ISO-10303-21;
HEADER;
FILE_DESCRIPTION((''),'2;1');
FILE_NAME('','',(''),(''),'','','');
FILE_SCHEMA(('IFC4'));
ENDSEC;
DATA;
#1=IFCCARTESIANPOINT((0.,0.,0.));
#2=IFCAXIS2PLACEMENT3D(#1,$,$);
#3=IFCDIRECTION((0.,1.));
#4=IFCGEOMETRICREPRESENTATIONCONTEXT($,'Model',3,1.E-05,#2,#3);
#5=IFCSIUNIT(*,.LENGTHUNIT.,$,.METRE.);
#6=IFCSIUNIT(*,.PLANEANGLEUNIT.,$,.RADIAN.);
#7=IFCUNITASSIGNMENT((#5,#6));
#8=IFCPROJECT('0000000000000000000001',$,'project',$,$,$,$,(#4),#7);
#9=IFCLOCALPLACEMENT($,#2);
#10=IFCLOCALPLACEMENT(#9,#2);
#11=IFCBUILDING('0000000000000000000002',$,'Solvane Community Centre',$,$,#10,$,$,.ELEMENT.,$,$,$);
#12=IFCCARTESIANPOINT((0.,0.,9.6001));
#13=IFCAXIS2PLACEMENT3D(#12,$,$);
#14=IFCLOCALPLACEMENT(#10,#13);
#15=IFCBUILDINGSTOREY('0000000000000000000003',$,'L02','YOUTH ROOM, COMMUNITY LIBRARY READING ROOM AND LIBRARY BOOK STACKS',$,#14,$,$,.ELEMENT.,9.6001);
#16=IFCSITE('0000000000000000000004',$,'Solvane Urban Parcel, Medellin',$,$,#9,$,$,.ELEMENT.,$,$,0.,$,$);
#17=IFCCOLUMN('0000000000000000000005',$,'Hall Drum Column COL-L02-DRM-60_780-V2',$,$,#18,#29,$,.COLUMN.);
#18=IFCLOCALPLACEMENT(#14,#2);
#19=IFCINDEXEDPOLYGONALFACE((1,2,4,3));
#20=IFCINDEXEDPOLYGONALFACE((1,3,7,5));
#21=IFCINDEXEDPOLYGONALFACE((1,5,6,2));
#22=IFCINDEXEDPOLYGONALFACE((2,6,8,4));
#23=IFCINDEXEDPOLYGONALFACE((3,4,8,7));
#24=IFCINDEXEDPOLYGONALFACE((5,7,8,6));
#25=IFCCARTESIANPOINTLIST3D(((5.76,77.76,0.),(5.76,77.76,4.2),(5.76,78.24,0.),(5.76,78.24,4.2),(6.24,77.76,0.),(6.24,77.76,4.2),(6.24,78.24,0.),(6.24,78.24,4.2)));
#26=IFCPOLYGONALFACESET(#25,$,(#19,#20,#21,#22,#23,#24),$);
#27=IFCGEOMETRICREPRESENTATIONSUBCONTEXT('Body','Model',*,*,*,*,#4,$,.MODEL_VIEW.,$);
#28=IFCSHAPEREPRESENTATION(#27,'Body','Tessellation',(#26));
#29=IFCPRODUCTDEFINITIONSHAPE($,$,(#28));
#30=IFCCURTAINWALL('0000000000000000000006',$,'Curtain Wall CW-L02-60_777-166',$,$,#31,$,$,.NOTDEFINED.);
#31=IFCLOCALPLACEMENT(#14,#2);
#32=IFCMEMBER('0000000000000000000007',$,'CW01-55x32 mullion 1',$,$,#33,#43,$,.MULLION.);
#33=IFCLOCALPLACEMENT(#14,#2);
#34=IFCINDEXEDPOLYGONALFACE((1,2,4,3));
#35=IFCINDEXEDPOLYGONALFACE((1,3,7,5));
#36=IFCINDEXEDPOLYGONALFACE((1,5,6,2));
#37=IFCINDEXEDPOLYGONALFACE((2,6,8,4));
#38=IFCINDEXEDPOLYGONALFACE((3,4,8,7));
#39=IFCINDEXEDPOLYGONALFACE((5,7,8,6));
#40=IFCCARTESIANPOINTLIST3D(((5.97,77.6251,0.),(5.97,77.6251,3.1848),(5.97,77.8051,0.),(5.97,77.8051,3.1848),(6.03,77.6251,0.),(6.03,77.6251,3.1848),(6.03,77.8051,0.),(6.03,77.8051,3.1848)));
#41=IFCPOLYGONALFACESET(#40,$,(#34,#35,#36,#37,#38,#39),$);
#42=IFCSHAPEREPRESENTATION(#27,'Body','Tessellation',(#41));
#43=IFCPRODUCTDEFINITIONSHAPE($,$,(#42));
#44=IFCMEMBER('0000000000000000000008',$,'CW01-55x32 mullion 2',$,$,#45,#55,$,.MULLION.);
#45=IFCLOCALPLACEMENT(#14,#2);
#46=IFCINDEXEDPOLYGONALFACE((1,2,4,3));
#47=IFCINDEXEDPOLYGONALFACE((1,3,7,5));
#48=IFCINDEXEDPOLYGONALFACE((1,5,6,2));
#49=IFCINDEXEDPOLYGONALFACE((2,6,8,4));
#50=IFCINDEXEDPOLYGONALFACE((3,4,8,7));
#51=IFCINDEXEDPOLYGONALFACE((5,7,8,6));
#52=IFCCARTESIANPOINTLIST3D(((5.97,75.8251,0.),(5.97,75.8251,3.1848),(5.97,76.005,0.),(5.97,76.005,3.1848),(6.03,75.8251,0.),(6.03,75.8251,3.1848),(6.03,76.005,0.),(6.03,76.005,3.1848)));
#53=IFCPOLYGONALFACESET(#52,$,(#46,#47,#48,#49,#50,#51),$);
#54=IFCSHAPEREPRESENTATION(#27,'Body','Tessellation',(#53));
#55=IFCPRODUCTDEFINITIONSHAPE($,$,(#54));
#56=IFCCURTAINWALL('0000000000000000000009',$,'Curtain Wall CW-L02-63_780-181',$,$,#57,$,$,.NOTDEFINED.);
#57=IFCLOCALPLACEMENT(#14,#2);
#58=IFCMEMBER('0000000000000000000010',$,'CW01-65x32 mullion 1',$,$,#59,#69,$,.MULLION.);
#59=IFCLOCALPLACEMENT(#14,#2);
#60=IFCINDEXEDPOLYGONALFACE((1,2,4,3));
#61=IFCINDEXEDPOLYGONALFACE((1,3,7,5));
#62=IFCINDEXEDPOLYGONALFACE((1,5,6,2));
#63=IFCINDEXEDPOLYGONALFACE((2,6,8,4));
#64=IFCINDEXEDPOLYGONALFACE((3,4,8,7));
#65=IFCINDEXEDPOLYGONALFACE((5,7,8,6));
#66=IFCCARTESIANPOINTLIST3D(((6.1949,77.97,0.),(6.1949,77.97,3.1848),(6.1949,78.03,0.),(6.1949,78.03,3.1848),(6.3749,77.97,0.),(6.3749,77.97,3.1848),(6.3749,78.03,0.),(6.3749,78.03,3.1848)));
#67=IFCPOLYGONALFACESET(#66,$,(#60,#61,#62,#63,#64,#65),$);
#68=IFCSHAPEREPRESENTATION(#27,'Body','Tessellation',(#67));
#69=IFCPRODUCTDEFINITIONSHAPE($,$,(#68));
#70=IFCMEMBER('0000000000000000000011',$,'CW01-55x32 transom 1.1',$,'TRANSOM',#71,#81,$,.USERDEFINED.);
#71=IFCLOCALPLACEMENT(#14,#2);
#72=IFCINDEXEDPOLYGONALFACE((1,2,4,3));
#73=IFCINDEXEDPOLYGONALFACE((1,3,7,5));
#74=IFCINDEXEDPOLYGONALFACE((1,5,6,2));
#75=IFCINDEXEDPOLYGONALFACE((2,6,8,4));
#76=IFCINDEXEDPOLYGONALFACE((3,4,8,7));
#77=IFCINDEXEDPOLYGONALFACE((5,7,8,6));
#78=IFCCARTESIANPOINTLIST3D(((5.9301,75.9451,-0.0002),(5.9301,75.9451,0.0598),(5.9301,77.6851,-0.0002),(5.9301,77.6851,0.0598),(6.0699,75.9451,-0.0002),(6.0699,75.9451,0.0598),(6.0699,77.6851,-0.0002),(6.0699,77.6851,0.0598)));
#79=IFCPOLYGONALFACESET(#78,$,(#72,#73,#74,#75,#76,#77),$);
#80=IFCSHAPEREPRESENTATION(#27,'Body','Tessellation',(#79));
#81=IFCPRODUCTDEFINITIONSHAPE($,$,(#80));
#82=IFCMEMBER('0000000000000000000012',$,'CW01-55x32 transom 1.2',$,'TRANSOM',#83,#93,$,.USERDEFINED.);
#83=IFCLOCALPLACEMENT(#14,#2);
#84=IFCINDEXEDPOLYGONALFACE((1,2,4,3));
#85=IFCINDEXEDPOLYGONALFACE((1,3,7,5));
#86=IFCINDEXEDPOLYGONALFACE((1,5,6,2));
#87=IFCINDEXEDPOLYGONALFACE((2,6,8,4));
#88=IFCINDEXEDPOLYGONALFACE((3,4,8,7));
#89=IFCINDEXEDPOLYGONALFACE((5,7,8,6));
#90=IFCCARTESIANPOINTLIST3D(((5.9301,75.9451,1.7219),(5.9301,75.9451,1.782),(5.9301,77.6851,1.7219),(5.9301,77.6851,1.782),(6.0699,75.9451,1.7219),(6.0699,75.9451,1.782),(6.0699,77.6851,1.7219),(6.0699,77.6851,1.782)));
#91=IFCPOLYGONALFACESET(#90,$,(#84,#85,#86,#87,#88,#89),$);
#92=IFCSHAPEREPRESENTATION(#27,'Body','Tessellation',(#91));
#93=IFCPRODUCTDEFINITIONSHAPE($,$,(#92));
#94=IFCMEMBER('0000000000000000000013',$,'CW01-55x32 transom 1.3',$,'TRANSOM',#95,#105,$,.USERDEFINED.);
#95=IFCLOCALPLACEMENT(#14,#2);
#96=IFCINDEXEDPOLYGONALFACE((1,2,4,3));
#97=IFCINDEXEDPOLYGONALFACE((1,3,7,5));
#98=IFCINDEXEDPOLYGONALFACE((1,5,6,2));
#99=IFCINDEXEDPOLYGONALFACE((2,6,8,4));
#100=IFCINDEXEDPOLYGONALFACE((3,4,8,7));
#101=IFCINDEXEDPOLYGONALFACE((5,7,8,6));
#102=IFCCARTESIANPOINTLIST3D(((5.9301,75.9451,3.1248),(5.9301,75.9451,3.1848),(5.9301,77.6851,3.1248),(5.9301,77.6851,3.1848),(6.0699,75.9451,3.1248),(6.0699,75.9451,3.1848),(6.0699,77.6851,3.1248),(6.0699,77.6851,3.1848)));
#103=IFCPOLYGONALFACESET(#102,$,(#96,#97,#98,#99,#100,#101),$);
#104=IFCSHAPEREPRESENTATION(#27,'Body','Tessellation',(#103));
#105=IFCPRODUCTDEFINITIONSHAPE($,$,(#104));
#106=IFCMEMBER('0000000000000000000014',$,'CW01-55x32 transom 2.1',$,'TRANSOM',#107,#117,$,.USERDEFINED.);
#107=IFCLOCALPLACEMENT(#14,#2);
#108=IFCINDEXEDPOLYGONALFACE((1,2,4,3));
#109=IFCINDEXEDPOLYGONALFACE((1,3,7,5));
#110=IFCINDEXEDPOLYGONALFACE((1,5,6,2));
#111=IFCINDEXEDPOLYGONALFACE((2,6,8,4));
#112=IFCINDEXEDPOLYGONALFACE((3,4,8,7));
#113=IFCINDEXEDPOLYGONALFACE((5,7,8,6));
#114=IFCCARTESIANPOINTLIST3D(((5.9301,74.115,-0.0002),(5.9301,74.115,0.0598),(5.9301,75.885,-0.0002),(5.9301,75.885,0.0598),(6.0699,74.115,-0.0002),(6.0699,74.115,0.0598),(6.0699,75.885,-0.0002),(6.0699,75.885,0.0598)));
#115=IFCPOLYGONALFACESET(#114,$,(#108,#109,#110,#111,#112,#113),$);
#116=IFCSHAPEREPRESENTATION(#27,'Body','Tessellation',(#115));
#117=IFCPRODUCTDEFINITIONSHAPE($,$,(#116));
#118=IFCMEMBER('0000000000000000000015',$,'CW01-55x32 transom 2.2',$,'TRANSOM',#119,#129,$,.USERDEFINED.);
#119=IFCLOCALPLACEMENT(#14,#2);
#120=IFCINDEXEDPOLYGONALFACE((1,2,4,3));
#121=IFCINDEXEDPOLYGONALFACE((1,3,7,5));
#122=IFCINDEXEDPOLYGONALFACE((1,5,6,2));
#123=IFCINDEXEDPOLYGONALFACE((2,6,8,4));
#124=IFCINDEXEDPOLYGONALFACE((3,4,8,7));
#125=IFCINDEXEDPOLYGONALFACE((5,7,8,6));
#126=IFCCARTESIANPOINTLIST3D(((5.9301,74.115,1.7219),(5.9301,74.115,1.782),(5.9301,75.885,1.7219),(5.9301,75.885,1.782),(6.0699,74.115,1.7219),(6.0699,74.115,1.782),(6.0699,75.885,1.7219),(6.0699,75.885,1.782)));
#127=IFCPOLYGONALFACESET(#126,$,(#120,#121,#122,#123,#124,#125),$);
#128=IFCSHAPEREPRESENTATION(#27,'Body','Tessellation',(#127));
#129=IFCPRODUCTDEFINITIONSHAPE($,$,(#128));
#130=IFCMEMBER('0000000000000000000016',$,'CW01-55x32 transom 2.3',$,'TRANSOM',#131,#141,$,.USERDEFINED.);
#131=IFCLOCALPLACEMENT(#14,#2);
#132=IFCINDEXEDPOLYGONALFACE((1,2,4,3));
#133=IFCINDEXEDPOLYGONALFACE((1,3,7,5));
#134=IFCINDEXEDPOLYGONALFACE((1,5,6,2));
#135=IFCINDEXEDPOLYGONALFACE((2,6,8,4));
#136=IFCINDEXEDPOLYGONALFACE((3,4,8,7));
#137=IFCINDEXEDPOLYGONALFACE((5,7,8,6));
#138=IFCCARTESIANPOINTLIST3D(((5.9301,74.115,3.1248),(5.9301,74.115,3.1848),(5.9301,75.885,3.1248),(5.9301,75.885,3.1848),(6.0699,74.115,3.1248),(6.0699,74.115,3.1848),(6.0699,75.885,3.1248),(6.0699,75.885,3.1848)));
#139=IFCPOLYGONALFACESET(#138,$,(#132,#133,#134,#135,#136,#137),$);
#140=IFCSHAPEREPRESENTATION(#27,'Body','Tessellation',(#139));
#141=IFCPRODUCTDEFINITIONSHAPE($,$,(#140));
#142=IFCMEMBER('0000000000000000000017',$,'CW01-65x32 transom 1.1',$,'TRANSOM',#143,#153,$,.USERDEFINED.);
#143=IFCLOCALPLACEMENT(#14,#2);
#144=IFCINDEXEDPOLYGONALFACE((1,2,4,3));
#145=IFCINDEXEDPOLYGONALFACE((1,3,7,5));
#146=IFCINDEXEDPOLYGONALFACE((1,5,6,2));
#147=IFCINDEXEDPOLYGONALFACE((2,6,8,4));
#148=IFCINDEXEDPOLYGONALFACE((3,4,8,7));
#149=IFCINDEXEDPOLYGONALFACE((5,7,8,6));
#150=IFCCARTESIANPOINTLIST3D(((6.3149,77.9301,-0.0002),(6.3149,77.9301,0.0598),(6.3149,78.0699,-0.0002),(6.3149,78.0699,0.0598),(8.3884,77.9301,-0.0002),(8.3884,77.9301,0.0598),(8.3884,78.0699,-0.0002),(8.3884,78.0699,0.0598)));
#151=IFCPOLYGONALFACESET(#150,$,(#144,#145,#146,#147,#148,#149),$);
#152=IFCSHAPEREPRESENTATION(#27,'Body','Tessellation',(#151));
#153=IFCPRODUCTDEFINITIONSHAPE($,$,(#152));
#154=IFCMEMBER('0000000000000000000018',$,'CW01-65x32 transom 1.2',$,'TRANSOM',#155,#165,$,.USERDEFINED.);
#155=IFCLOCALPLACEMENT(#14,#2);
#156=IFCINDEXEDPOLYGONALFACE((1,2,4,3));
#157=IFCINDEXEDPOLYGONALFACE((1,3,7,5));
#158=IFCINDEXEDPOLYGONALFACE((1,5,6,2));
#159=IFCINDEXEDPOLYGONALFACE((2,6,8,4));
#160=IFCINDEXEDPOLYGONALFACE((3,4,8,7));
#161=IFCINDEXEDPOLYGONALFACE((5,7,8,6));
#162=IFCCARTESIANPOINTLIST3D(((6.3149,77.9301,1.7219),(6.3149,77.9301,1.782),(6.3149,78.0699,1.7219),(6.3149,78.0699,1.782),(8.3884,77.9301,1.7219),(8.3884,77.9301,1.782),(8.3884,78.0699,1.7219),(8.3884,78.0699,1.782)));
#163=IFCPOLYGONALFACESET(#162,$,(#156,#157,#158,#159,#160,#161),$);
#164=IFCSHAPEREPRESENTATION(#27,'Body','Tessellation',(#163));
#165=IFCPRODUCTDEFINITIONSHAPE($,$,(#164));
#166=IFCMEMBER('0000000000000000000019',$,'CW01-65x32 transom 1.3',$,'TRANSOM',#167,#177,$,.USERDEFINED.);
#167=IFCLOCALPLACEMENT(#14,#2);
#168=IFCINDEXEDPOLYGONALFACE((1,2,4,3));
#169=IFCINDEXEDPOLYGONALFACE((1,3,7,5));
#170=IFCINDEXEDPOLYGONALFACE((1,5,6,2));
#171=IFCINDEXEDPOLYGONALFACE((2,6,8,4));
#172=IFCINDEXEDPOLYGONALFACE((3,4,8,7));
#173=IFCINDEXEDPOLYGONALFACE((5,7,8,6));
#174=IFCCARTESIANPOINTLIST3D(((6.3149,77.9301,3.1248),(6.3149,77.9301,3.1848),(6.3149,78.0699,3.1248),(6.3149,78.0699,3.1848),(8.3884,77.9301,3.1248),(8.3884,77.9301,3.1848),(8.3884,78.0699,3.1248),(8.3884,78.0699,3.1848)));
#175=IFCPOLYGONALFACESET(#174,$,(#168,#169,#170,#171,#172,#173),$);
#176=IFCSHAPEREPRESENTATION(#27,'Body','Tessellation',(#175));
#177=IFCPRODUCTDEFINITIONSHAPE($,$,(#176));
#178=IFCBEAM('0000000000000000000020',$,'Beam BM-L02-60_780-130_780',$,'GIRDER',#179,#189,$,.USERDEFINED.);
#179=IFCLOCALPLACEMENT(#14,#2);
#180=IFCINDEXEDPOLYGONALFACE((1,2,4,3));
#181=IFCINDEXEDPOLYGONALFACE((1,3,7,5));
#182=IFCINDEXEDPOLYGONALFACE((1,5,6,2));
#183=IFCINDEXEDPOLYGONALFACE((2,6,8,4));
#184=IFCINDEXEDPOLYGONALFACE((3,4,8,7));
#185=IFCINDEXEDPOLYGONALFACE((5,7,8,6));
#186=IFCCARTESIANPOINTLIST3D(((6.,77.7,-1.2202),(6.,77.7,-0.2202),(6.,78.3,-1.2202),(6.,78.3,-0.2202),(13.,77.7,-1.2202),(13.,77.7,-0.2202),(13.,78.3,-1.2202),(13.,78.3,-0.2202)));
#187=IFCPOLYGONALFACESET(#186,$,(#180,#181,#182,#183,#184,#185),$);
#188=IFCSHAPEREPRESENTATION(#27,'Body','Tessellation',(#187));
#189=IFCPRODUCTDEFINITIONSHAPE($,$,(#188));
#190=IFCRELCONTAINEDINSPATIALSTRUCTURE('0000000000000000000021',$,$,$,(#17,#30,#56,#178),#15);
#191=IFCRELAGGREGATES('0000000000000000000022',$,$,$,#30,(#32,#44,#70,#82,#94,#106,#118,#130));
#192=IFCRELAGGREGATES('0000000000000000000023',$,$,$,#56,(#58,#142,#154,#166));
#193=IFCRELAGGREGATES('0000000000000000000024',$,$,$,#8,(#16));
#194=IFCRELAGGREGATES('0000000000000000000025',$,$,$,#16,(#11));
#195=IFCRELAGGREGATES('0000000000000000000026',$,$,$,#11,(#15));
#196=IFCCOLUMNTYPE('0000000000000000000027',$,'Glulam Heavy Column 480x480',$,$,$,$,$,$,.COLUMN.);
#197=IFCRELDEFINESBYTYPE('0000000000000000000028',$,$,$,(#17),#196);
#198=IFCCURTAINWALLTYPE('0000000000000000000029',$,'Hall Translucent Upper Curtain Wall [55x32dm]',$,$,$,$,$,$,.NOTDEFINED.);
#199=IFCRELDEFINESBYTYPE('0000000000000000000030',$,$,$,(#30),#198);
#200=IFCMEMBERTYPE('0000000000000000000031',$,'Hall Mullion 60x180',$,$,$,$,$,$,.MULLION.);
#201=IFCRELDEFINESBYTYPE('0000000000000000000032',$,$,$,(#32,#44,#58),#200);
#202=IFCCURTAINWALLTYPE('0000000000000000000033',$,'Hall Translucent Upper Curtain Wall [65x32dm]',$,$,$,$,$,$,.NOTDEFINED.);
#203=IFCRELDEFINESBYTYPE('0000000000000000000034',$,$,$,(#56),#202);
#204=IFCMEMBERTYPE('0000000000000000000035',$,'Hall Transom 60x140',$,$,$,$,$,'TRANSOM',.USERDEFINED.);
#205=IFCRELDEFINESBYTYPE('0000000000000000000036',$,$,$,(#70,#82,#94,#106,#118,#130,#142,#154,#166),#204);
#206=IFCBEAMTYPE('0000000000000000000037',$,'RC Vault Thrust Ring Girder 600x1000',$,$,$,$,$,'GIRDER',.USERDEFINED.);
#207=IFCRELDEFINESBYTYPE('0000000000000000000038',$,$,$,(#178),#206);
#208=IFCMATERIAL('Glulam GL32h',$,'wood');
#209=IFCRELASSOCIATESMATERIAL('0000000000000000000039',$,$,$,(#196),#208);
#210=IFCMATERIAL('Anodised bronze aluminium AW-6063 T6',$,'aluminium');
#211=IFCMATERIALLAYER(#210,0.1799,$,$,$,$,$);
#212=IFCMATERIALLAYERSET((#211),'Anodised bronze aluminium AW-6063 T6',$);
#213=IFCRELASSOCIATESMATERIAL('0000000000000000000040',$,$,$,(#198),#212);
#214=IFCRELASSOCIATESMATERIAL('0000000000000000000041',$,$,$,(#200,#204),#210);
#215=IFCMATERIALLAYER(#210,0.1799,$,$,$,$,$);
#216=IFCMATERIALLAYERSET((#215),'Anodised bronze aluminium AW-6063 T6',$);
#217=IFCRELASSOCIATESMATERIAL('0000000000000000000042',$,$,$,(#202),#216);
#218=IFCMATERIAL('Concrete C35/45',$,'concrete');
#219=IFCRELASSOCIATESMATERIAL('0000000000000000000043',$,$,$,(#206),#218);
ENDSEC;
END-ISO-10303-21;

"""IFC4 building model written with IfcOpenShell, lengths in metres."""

from ifc_helpers import new_model, si_unit, direction, frame, origin, origin_2d, place, context, subcontext, project, spatial, rectangle, extrude, material, layer, layer_set, material_profile, profile_set, type_object, element, aggregate, save


model = new_model("IFC4")

# Units and contexts
model_context = context("Model", 3, precision=1e-05, world=origin(), true_north=direction((0.0, 1.0)))
body_context = subcontext(model_context, "Body", "Model", "MODEL_VIEW")
ifc_project = project(units=[si_unit("LENGTHUNIT", "METRE"), si_unit("PLANEANGLEUNIT", "RADIAN")], contexts=[model_context])

# Site, building, storey
site_placement = place(None, origin())
site = spatial("IfcSite", under=ifc_project, at=site_placement, Name="Solvane Urban Parcel, Medellin", CompositionType="ELEMENT", RefElevation=0.0)
building_placement = place(site_placement, origin())
building = spatial("IfcBuilding", under=site, at=building_placement, Name="Solvane Community Centre", CompositionType="ELEMENT")
storey_placement = place(building_placement, frame((0.0, 0.0, 9.6001)))
storey = spatial("IfcBuildingStorey", under=building, at=storey_placement, Name="L02", Description="YOUTH ROOM, COMMUNITY LIBRARY READING ROOM AND LIBRARY BOOK STACKS", CompositionType="ELEMENT", Elevation=9.6001)

# Column
ifc_material_1 = material(Name="Glulam GL32h", Category="wood")
ifc_material_profile_1 = material_profile(ifc_material_1, rectangle(XDim=0.48, YDim=0.48, at=origin_2d()), Name="GL32h 480x480")
ifc_profile_set_1 = profile_set([ifc_material_profile_1], Name="Glulam GL32h")
column_type = type_object("IfcColumnType", Name="Glulam Heavy Column 480x480", PredefinedType="COLUMN", material=ifc_profile_set_1)
column_placement = place(storey_placement, frame((6.0, 78.0, 0.0), z_axis=(0.0, 0.0, 1.0), x_axis=(1.0, 0.0, 0.0)))
element("IfcColumn", 1, at=column_placement, inside=storey, type_object=column_type, Name="Hall Drum Column COL-L02-DRM-60_780-V2", PredefinedType="COLUMN", context=body_context, shape_type="SweptSolid", body=[
    extrude(rectangle(XDim=0.48, YDim=0.48, at=origin_2d()), origin(), (0.0, 0.0, 1.0), 4.2),
])

# Curtain wall, members
ifc_material_2 = material(Name="Anodised bronze aluminium AW-6063 T6", Category="aluminium")
ifc_layer_1 = layer(ifc_material_2, 0.1799)
ifc_layer_set_1 = layer_set([ifc_layer_1], Name="Anodised bronze aluminium AW-6063 T6")
curtain_wall_type_1 = type_object("IfcCurtainWallType", Name="Hall Translucent Upper Curtain Wall [55x32dm]", PredefinedType="NOTDEFINED", material=ifc_layer_set_1)
curtain_wall_1_placement = place(storey_placement, origin())
curtain_wall_1 = element("IfcCurtainWall", 2, at=curtain_wall_1_placement, inside=storey, type_object=curtain_wall_type_1, Name="Curtain Wall CW-L02-60_777-166", PredefinedType="NOTDEFINED")
ifc_material_profile_2 = material_profile(ifc_material_2, rectangle(XDim=0.0601, YDim=0.1799, at=origin_2d()), Name="CW-M 60x180")
ifc_profile_set_2 = profile_set([ifc_material_profile_2], Name="Anodised bronze aluminium AW-6063 T6")
member_type_1 = type_object("IfcMemberType", Name="Hall Mullion 60x180", PredefinedType="MULLION", material=ifc_profile_set_2)
member_1_placement = place(storey_placement, frame((6.0, 77.7151, 0.0), z_axis=(0.0, 0.0, 1.0), x_axis=(1.0, 0.0, 0.0)))
member_1 = element("IfcMember", 3, at=member_1_placement, type_object=member_type_1, Name="CW01-55x32 mullion 1", PredefinedType="MULLION", context=body_context, shape_type="SweptSolid", body=[
    extrude(rectangle(XDim=0.0601, YDim=0.1799, at=origin_2d()), origin(), (0.0, 0.0, 1.0), 3.1848),
])
member_2_placement = place(storey_placement, frame((6.0, 75.915, 0.0), z_axis=(0.0, 0.0, 1.0), x_axis=(1.0, 0.0, 0.0)))
member_2 = element("IfcMember", 4, at=member_2_placement, type_object=member_type_1, Name="CW01-55x32 mullion 2", PredefinedType="MULLION", context=body_context, shape_type="SweptSolid", body=[
    extrude(rectangle(XDim=0.0601, YDim=0.1799, at=origin_2d()), origin(), (0.0, 0.0, 1.0), 3.1848),
])

# Curtain wall, member
ifc_layer_2 = layer(ifc_material_2, 0.1799)
ifc_layer_set_2 = layer_set([ifc_layer_2], Name="Anodised bronze aluminium AW-6063 T6")
curtain_wall_type_2 = type_object("IfcCurtainWallType", Name="Hall Translucent Upper Curtain Wall [65x32dm]", PredefinedType="NOTDEFINED", material=ifc_layer_set_2)
curtain_wall_2_placement = place(storey_placement, origin())
curtain_wall_2 = element("IfcCurtainWall", 5, at=curtain_wall_2_placement, inside=storey, type_object=curtain_wall_type_2, Name="Curtain Wall CW-L02-63_780-181", PredefinedType="NOTDEFINED")
member_3_placement = place(storey_placement, frame((6.2849, 78.0, 0.0), z_axis=(0.0, 0.0, 1.0), x_axis=(0.0, 1.0, 0.0)))
member_3 = element("IfcMember", 6, at=member_3_placement, type_object=member_type_1, Name="CW01-65x32 mullion 1", PredefinedType="MULLION", context=body_context, shape_type="SweptSolid", body=[
    extrude(rectangle(XDim=0.0601, YDim=0.1799, at=origin_2d()), origin(), (0.0, 0.0, 1.0), 3.1848),
])

# Members
ifc_material_profile_3 = material_profile(ifc_material_2, rectangle(XDim=0.1399, YDim=0.0601, at=origin_2d()), Name="CW-T 60x140")
ifc_profile_set_3 = profile_set([ifc_material_profile_3], Name="Anodised bronze aluminium AW-6063 T6")
member_type_2 = type_object("IfcMemberType", Name="Hall Transom 60x140", ElementType="TRANSOM", PredefinedType="USERDEFINED", material=ifc_profile_set_3)
member_4_placement = place(storey_placement, frame((6.0, 77.6851, 0.0298), z_axis=(0.0, -1.0, 0.0), x_axis=(1.0, 0.0, 0.0)))
member_4 = element("IfcMember", 7, at=member_4_placement, type_object=member_type_2, Name="CW01-55x32 transom 1.1", ObjectType="TRANSOM", PredefinedType="USERDEFINED", context=body_context, shape_type="SweptSolid", body=[
    extrude(rectangle(XDim=0.1399, YDim=0.0601, at=origin_2d()), origin(), (0.0, 0.0, 1.0), 1.74),
])
member_5_placement = place(storey_placement, frame((6.0, 77.6851, 1.752), z_axis=(0.0, -1.0, 0.0), x_axis=(1.0, 0.0, 0.0)))
member_5 = element("IfcMember", 8, at=member_5_placement, type_object=member_type_2, Name="CW01-55x32 transom 1.2", ObjectType="TRANSOM", PredefinedType="USERDEFINED", context=body_context, shape_type="SweptSolid", body=[
    extrude(rectangle(XDim=0.1399, YDim=0.0601, at=origin_2d()), origin(), (0.0, 0.0, 1.0), 1.74),
])
member_6_placement = place(storey_placement, frame((6.0, 77.6851, 3.1548), z_axis=(0.0, -1.0, 0.0), x_axis=(1.0, 0.0, 0.0)))
member_6 = element("IfcMember", 9, at=member_6_placement, type_object=member_type_2, Name="CW01-55x32 transom 1.3", ObjectType="TRANSOM", PredefinedType="USERDEFINED", context=body_context, shape_type="SweptSolid", body=[
    extrude(rectangle(XDim=0.1399, YDim=0.0601, at=origin_2d()), origin(), (0.0, 0.0, 1.0), 1.74),
])
member_7_placement = place(storey_placement, frame((6.0, 75.885, 0.0298), z_axis=(0.0, -1.0, 0.0), x_axis=(1.0, 0.0, 0.0)))
member_7 = element("IfcMember", 10, at=member_7_placement, type_object=member_type_2, Name="CW01-55x32 transom 2.1", ObjectType="TRANSOM", PredefinedType="USERDEFINED", context=body_context, shape_type="SweptSolid", body=[
    extrude(rectangle(XDim=0.1399, YDim=0.0601, at=origin_2d()), origin(), (0.0, 0.0, 1.0), 1.77),
])
member_8_placement = place(storey_placement, frame((6.0, 75.885, 1.752), z_axis=(0.0, -1.0, 0.0), x_axis=(1.0, 0.0, 0.0)))
member_8 = element("IfcMember", 11, at=member_8_placement, type_object=member_type_2, Name="CW01-55x32 transom 2.2", ObjectType="TRANSOM", PredefinedType="USERDEFINED", context=body_context, shape_type="SweptSolid", body=[
    extrude(rectangle(XDim=0.1399, YDim=0.0601, at=origin_2d()), origin(), (0.0, 0.0, 1.0), 1.77),
])
member_9_placement = place(storey_placement, frame((6.0, 75.885, 3.1548), z_axis=(0.0, -1.0, 0.0), x_axis=(1.0, 0.0, 0.0)))
member_9 = element("IfcMember", 12, at=member_9_placement, type_object=member_type_2, Name="CW01-55x32 transom 2.3", ObjectType="TRANSOM", PredefinedType="USERDEFINED", context=body_context, shape_type="SweptSolid", body=[
    extrude(rectangle(XDim=0.1399, YDim=0.0601, at=origin_2d()), origin(), (0.0, 0.0, 1.0), 1.77),
])
member_10_placement = place(storey_placement, frame((6.3149, 78.0, 0.0298), z_axis=(1.0, 0.0, 0.0), x_axis=(0.0, 1.0, 0.0)))
member_10 = element("IfcMember", 13, at=member_10_placement, type_object=member_type_2, Name="CW01-65x32 transom 1.1", ObjectType="TRANSOM", PredefinedType="USERDEFINED", context=body_context, shape_type="SweptSolid", body=[
    extrude(rectangle(XDim=0.1399, YDim=0.0601, at=origin_2d()), origin(), (0.0, 0.0, 1.0), 2.0735),
])
member_11_placement = place(storey_placement, frame((6.3149, 78.0, 1.752), z_axis=(1.0, 0.0, 0.0), x_axis=(0.0, 1.0, 0.0)))
member_11 = element("IfcMember", 14, at=member_11_placement, type_object=member_type_2, Name="CW01-65x32 transom 1.2", ObjectType="TRANSOM", PredefinedType="USERDEFINED", context=body_context, shape_type="SweptSolid", body=[
    extrude(rectangle(XDim=0.1399, YDim=0.0601, at=origin_2d()), origin(), (0.0, 0.0, 1.0), 2.0735),
])
member_12_placement = place(storey_placement, frame((6.3149, 78.0, 3.1548), z_axis=(1.0, 0.0, 0.0), x_axis=(0.0, 1.0, 0.0)))
member_12 = element("IfcMember", 15, at=member_12_placement, type_object=member_type_2, Name="CW01-65x32 transom 1.3", ObjectType="TRANSOM", PredefinedType="USERDEFINED", context=body_context, shape_type="SweptSolid", body=[
    extrude(rectangle(XDim=0.1399, YDim=0.0601, at=origin_2d()), origin(), (0.0, 0.0, 1.0), 2.0735),
])

# Beam
ifc_material_3 = material(Name="Concrete C35/45", Category="concrete")
ifc_material_profile_4 = material_profile(ifc_material_3, rectangle(XDim=0.6001, YDim=1.0, at=origin_2d()), Name="RC 600x1000")
ifc_profile_set_4 = profile_set([ifc_material_profile_4], Name="Concrete C35/45")
beam_type = type_object("IfcBeamType", Name="RC Vault Thrust Ring Girder 600x1000", ElementType="GIRDER", PredefinedType="USERDEFINED", material=ifc_profile_set_4)
for number, where, z_axis, x_axis, name in (
    (16, (6.0, 78.0, -0.7202), (1.0, 0.0, 0.0), (0.0, 1.0, 0.0), "Beam BM-L02-60_780-130_780"),
):
    element("IfcBeam", number, at=place(storey_placement, frame(where, z_axis=z_axis, x_axis=x_axis)), inside=storey, type_object=beam_type, Name=name, ObjectType="GIRDER", PredefinedType="USERDEFINED", context=body_context, shape_type="SweptSolid", body=[
        extrude(rectangle(XDim=0.6001, YDim=1.0, at=origin_2d()), origin(), (0.0, 0.0, 1.0), 7.0),
    ])

aggregate(curtain_wall_1, [member_1, member_2, member_4, member_5, member_6, member_7, member_8, member_9])
aggregate(curtain_wall_2, [member_3, member_10, member_11, member_12])

save(model, "model.ifc")
